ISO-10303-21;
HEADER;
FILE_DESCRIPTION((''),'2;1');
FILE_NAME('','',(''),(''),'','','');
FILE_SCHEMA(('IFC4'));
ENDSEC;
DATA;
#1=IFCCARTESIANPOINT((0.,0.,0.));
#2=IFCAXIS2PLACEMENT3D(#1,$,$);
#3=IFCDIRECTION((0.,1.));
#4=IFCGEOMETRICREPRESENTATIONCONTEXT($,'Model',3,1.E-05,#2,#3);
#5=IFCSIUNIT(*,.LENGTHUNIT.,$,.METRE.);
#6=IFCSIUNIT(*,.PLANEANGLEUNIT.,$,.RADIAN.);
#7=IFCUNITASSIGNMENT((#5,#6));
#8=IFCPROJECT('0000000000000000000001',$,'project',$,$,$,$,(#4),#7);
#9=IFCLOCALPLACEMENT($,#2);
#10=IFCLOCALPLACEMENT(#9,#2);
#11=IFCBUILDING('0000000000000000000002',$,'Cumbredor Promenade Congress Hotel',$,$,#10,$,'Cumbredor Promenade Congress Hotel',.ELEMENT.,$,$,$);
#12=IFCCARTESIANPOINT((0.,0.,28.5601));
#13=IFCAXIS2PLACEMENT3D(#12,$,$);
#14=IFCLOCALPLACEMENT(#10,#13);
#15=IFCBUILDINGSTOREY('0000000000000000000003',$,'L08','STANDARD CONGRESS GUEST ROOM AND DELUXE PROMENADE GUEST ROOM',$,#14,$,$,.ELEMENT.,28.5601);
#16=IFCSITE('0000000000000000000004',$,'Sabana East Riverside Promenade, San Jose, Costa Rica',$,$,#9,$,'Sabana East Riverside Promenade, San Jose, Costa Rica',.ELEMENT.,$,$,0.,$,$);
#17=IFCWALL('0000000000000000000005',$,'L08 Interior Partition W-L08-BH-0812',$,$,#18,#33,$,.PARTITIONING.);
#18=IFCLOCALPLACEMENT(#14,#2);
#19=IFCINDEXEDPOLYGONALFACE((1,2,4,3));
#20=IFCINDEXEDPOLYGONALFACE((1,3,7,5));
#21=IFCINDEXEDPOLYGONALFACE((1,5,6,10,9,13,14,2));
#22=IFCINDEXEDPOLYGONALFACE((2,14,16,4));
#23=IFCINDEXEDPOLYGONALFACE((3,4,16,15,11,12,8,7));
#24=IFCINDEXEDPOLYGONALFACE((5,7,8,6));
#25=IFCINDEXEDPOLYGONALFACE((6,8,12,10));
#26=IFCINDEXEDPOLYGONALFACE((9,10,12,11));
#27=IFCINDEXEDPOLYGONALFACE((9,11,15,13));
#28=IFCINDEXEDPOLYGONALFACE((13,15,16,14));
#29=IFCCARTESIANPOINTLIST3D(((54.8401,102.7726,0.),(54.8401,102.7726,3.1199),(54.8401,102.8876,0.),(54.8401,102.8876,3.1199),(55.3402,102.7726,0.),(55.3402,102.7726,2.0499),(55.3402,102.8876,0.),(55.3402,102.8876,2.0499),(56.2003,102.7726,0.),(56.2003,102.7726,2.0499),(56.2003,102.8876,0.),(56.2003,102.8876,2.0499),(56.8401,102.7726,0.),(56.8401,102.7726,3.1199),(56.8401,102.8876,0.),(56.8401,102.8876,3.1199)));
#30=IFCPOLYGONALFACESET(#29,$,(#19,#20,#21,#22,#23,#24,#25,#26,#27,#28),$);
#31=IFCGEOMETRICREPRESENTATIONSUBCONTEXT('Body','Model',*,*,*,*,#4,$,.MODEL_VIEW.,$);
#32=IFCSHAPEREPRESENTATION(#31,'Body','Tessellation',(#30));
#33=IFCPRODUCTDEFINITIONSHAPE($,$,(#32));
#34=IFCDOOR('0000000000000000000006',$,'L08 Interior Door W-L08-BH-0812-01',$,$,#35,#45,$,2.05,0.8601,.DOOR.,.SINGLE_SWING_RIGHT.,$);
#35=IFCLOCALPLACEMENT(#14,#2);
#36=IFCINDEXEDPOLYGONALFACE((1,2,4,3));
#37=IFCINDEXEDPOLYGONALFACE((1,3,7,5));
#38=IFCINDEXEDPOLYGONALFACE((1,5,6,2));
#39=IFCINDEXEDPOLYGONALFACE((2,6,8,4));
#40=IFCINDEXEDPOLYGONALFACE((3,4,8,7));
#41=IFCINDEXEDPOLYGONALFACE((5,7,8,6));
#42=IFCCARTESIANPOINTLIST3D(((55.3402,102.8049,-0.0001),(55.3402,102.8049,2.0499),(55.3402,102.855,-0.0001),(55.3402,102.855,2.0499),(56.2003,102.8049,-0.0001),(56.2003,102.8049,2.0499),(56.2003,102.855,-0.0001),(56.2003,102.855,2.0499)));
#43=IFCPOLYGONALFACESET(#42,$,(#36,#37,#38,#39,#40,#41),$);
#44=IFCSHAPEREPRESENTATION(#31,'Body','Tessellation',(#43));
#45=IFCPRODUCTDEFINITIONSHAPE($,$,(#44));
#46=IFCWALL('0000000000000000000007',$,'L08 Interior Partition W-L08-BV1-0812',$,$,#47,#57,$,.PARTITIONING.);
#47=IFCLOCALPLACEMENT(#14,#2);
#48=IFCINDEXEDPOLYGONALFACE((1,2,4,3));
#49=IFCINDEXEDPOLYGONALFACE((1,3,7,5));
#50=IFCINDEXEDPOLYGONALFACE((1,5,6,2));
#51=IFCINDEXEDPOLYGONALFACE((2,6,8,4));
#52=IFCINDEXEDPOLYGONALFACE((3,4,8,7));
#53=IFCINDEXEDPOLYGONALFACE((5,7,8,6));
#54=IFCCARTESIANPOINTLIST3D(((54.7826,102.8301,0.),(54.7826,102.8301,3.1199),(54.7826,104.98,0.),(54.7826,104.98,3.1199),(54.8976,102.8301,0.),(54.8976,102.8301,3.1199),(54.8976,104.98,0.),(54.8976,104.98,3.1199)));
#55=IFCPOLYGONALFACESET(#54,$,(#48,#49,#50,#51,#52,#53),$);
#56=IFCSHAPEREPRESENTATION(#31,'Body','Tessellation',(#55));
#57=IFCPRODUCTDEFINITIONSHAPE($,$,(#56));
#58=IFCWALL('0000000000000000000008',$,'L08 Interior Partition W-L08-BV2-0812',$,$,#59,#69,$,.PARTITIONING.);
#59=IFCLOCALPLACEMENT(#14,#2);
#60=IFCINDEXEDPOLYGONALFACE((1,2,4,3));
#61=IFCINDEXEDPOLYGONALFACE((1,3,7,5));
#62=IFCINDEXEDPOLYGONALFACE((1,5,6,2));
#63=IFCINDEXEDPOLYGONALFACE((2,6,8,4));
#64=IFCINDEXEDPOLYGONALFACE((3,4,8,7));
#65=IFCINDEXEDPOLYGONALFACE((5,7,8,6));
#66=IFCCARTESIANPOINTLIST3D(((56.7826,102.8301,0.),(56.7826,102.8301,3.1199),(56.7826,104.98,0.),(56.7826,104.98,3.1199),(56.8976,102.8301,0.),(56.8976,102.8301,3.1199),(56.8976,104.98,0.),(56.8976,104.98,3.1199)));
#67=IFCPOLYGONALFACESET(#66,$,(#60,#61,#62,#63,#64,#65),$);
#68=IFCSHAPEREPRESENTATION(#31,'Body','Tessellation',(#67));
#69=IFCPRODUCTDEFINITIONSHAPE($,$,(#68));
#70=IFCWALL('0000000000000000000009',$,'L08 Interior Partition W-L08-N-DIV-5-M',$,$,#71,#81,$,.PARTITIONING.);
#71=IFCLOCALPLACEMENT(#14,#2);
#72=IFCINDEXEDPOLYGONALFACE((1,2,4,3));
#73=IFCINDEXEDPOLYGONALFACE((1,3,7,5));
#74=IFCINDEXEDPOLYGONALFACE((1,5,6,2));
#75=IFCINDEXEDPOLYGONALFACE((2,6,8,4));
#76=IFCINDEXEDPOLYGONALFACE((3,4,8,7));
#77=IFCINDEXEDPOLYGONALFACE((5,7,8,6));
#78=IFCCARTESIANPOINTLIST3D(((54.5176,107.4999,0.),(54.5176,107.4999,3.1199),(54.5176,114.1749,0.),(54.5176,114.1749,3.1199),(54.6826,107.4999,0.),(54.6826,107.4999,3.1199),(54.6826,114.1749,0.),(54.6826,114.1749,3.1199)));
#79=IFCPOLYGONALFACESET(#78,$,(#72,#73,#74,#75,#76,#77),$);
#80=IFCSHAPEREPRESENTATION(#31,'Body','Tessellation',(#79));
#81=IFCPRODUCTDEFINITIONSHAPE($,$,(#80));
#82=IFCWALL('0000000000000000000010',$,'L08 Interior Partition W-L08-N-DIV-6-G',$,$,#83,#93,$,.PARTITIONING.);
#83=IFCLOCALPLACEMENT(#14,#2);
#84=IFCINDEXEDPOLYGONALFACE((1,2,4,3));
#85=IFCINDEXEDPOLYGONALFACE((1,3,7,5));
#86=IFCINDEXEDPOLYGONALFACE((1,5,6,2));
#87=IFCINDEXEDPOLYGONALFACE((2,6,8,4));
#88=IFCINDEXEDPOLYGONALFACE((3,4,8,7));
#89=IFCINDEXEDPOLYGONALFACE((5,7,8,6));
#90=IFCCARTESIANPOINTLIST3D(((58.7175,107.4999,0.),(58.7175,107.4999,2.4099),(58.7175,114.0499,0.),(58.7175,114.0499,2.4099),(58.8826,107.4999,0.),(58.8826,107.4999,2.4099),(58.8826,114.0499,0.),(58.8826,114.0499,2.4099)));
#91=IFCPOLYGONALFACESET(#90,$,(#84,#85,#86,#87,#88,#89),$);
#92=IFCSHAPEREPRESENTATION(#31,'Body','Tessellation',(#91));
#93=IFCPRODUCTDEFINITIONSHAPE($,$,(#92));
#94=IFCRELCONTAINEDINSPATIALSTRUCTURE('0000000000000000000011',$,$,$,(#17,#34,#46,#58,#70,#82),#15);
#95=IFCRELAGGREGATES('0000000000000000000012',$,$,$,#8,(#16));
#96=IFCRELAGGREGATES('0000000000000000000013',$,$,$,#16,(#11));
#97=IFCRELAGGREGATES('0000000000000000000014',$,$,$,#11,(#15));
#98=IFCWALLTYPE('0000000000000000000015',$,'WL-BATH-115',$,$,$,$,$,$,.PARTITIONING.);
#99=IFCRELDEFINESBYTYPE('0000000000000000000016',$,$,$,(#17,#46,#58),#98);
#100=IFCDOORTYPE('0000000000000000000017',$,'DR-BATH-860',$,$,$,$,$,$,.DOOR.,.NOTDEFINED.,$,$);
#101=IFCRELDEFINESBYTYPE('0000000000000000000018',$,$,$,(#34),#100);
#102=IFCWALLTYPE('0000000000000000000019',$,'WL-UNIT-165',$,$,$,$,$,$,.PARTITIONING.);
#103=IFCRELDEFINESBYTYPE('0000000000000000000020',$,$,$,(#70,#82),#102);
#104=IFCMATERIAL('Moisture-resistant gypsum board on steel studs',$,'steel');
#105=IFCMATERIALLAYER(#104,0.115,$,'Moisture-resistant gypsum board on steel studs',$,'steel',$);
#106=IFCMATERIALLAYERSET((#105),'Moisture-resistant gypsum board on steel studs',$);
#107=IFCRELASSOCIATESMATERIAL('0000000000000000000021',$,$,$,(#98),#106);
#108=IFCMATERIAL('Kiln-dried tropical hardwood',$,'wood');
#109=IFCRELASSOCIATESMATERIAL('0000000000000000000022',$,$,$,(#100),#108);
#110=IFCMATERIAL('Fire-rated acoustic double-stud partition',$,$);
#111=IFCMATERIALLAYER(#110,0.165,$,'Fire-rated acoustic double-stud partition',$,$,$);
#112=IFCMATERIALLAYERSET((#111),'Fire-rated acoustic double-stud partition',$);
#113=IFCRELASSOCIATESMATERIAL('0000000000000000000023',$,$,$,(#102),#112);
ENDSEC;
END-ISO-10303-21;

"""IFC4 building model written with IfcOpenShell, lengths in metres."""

from ifc_helpers import new_model, si_unit, direction, frame, frame_2d, origin, place, context, subcontext, project, spatial, rectangle, extrude, material, layer, layer_set, type_object, element, fill, save


model = new_model("IFC4")

# Units and contexts
model_context = context("Model", 3, precision=1e-05, world=origin(), true_north=direction((0.0, 1.0)))
body_context = subcontext(model_context, "Body", "Model", "MODEL_VIEW")
ifc_project = project(units=[si_unit("LENGTHUNIT", "METRE"), si_unit("PLANEANGLEUNIT", "RADIAN")], contexts=[model_context])

# Site, building, storey
site_placement = place(None, origin())
site = spatial("IfcSite", under=ifc_project, at=site_placement, Name="Sabana East Riverside Promenade, San Jose, Costa Rica", LongName="Sabana East Riverside Promenade, San Jose, Costa Rica", CompositionType="ELEMENT", RefElevation=0.0)
building_placement = place(site_placement, origin())
building = spatial("IfcBuilding", under=site, at=building_placement, Name="Cumbredor Promenade Congress Hotel", LongName="Cumbredor Promenade Congress Hotel", CompositionType="ELEMENT")
storey_placement = place(building_placement, frame((0.0, 0.0, 28.5601)))
storey = spatial("IfcBuildingStorey", under=building, at=storey_placement, Name="L08", Description="STANDARD CONGRESS GUEST ROOM AND DELUXE PROMENADE GUEST ROOM", CompositionType="ELEMENT", Elevation=28.5601)

# Shared definitions
ifc_material_1 = material(Name="Moisture-resistant gypsum board on steel studs", Category="steel")
ifc_layer_1 = layer(ifc_material_1, 0.115, Name="Moisture-resistant gypsum board on steel studs", Category="steel")
ifc_layer_set_1 = layer_set([ifc_layer_1], Name="Moisture-resistant gypsum board on steel studs")
wall_type_1 = type_object("IfcWallType", Name="WL-BATH-115", PredefinedType="PARTITIONING", material=ifc_layer_set_1)

# Wall, opening, door
wall_1_placement = place(storey_placement, frame((54.8401, 102.8301, 0.0), z_axis=(0.0, 0.0, 1.0), x_axis=(1.0, 0.0, 0.0)))
wall_1 = element("IfcWall", 1, at=wall_1_placement, inside=storey, type_object=wall_type_1, Name="L08 Interior Partition W-L08-BH-0812", PredefinedType="PARTITIONING", context=body_context, shape_type="SweptSolid", body=[
    extrude(rectangle(XDim=2.0, YDim=0.115, at=frame_2d((1.0, 0.0))), origin(), (0.0, 0.0, 1.0), 3.1199),
])
opening_1_placement = place(wall_1_placement, frame((0.5, 0.0, 0.0)))
opening_1 = element("IfcOpeningElement", 2, at=opening_1_placement, cuts=wall_1, PredefinedType="OPENING", context=body_context, shape_type="SweptSolid", body=[
    extrude(rectangle(XDim=0.8601, YDim=2.05, at=frame_2d((0.4302, 1.0249))), frame((0.0, 0.0674, 0.0), z_axis=(0.0, -1.0, 0.0), x_axis=(1.0, 0.0, 0.0)), (0.0, 0.0, 1.0), 0.135),
])
ifc_material_2 = material(Name="Kiln-dried tropical hardwood", Category="wood")
door_type_1 = type_object("IfcDoorType", Name="DR-BATH-860", OperationType="NOTDEFINED", PredefinedType="DOOR", material=ifc_material_2)
door_1_placement = place(opening_1_placement, origin())
door_1 = element("IfcDoor", 3, at=door_1_placement, inside=storey, type_object=door_type_1, Name="L08 Interior Door W-L08-BH-0812-01", OperationType="SINGLE_SWING_RIGHT", OverallHeight=2.05, OverallWidth=0.8601, PredefinedType="DOOR", context=body_context, shape_type="SweptSolid", body=[
    extrude(rectangle(XDim=0.8601, YDim=2.05, at=frame_2d((0.4302, 1.0249))), frame((0.0, 0.0249, 0.0), z_axis=(0.0, -1.0, 0.0), x_axis=(1.0, 0.0, 0.0)), (0.0, 0.0, 1.0), 0.05),
])
fill(opening_1, door_1)

# Walls
for number, where, z_axis, x_axis, name in (
    (4, (54.8401, 102.8301, 0.0), (0.0, 0.0, 1.0), (0.0, 1.0, 0.0), "L08 Interior Partition W-L08-BV1-0812"),
    (5, (56.8401, 102.8301, 0.0), (0.0, 0.0, 1.0), (0.0, 1.0, 0.0), "L08 Interior Partition W-L08-BV2-0812"),
):
    element("IfcWall", number, at=place(storey_placement, frame(where, z_axis=z_axis, x_axis=x_axis)), inside=storey, type_object=wall_type_1, Name=name, PredefinedType="PARTITIONING", context=body_context, shape_type="SweptSolid", body=[
        extrude(rectangle(XDim=2.1499, YDim=0.115, at=frame_2d((1.075, 0.0))), origin(), (0.0, 0.0, 1.0), 3.1199),
    ])

# Walls
ifc_material_3 = material(Name="Fire-rated acoustic double-stud partition")
ifc_layer_2 = layer(ifc_material_3, 0.165, Name="Fire-rated acoustic double-stud partition")
ifc_layer_set_2 = layer_set([ifc_layer_2], Name="Fire-rated acoustic double-stud partition")
wall_type_2 = type_object("IfcWallType", Name="WL-UNIT-165", PredefinedType="PARTITIONING", material=ifc_layer_set_2)
wall_2_placement = place(storey_placement, frame((54.6001, 107.5, 0.0), z_axis=(0.0, 0.0, 1.0), x_axis=(0.0, 1.0, 0.0)))
element("IfcWall", 6, at=wall_2_placement, inside=storey, type_object=wall_type_2, Name="L08 Interior Partition W-L08-N-DIV-5-M", PredefinedType="PARTITIONING", context=body_context, shape_type="SweptSolid", body=[
    extrude(rectangle(XDim=6.675, YDim=0.165, at=frame_2d((3.3374, 0.0))), origin(), (0.0, 0.0, 1.0), 3.1199),
])
wall_3_placement = place(storey_placement, frame((58.8, 107.5, 0.0), z_axis=(0.0, 0.0, 1.0), x_axis=(0.0, 1.0, 0.0)))
element("IfcWall", 7, at=wall_3_placement, inside=storey, type_object=wall_type_2, Name="L08 Interior Partition W-L08-N-DIV-6-G", PredefinedType="PARTITIONING", context=body_context, shape_type="SweptSolid", body=[
    extrude(rectangle(XDim=6.55, YDim=0.165, at=frame_2d((3.2749, 0.0))), origin(), (0.0, 0.0, 1.0), 2.4099),
])

save(model, "model.ifc")
